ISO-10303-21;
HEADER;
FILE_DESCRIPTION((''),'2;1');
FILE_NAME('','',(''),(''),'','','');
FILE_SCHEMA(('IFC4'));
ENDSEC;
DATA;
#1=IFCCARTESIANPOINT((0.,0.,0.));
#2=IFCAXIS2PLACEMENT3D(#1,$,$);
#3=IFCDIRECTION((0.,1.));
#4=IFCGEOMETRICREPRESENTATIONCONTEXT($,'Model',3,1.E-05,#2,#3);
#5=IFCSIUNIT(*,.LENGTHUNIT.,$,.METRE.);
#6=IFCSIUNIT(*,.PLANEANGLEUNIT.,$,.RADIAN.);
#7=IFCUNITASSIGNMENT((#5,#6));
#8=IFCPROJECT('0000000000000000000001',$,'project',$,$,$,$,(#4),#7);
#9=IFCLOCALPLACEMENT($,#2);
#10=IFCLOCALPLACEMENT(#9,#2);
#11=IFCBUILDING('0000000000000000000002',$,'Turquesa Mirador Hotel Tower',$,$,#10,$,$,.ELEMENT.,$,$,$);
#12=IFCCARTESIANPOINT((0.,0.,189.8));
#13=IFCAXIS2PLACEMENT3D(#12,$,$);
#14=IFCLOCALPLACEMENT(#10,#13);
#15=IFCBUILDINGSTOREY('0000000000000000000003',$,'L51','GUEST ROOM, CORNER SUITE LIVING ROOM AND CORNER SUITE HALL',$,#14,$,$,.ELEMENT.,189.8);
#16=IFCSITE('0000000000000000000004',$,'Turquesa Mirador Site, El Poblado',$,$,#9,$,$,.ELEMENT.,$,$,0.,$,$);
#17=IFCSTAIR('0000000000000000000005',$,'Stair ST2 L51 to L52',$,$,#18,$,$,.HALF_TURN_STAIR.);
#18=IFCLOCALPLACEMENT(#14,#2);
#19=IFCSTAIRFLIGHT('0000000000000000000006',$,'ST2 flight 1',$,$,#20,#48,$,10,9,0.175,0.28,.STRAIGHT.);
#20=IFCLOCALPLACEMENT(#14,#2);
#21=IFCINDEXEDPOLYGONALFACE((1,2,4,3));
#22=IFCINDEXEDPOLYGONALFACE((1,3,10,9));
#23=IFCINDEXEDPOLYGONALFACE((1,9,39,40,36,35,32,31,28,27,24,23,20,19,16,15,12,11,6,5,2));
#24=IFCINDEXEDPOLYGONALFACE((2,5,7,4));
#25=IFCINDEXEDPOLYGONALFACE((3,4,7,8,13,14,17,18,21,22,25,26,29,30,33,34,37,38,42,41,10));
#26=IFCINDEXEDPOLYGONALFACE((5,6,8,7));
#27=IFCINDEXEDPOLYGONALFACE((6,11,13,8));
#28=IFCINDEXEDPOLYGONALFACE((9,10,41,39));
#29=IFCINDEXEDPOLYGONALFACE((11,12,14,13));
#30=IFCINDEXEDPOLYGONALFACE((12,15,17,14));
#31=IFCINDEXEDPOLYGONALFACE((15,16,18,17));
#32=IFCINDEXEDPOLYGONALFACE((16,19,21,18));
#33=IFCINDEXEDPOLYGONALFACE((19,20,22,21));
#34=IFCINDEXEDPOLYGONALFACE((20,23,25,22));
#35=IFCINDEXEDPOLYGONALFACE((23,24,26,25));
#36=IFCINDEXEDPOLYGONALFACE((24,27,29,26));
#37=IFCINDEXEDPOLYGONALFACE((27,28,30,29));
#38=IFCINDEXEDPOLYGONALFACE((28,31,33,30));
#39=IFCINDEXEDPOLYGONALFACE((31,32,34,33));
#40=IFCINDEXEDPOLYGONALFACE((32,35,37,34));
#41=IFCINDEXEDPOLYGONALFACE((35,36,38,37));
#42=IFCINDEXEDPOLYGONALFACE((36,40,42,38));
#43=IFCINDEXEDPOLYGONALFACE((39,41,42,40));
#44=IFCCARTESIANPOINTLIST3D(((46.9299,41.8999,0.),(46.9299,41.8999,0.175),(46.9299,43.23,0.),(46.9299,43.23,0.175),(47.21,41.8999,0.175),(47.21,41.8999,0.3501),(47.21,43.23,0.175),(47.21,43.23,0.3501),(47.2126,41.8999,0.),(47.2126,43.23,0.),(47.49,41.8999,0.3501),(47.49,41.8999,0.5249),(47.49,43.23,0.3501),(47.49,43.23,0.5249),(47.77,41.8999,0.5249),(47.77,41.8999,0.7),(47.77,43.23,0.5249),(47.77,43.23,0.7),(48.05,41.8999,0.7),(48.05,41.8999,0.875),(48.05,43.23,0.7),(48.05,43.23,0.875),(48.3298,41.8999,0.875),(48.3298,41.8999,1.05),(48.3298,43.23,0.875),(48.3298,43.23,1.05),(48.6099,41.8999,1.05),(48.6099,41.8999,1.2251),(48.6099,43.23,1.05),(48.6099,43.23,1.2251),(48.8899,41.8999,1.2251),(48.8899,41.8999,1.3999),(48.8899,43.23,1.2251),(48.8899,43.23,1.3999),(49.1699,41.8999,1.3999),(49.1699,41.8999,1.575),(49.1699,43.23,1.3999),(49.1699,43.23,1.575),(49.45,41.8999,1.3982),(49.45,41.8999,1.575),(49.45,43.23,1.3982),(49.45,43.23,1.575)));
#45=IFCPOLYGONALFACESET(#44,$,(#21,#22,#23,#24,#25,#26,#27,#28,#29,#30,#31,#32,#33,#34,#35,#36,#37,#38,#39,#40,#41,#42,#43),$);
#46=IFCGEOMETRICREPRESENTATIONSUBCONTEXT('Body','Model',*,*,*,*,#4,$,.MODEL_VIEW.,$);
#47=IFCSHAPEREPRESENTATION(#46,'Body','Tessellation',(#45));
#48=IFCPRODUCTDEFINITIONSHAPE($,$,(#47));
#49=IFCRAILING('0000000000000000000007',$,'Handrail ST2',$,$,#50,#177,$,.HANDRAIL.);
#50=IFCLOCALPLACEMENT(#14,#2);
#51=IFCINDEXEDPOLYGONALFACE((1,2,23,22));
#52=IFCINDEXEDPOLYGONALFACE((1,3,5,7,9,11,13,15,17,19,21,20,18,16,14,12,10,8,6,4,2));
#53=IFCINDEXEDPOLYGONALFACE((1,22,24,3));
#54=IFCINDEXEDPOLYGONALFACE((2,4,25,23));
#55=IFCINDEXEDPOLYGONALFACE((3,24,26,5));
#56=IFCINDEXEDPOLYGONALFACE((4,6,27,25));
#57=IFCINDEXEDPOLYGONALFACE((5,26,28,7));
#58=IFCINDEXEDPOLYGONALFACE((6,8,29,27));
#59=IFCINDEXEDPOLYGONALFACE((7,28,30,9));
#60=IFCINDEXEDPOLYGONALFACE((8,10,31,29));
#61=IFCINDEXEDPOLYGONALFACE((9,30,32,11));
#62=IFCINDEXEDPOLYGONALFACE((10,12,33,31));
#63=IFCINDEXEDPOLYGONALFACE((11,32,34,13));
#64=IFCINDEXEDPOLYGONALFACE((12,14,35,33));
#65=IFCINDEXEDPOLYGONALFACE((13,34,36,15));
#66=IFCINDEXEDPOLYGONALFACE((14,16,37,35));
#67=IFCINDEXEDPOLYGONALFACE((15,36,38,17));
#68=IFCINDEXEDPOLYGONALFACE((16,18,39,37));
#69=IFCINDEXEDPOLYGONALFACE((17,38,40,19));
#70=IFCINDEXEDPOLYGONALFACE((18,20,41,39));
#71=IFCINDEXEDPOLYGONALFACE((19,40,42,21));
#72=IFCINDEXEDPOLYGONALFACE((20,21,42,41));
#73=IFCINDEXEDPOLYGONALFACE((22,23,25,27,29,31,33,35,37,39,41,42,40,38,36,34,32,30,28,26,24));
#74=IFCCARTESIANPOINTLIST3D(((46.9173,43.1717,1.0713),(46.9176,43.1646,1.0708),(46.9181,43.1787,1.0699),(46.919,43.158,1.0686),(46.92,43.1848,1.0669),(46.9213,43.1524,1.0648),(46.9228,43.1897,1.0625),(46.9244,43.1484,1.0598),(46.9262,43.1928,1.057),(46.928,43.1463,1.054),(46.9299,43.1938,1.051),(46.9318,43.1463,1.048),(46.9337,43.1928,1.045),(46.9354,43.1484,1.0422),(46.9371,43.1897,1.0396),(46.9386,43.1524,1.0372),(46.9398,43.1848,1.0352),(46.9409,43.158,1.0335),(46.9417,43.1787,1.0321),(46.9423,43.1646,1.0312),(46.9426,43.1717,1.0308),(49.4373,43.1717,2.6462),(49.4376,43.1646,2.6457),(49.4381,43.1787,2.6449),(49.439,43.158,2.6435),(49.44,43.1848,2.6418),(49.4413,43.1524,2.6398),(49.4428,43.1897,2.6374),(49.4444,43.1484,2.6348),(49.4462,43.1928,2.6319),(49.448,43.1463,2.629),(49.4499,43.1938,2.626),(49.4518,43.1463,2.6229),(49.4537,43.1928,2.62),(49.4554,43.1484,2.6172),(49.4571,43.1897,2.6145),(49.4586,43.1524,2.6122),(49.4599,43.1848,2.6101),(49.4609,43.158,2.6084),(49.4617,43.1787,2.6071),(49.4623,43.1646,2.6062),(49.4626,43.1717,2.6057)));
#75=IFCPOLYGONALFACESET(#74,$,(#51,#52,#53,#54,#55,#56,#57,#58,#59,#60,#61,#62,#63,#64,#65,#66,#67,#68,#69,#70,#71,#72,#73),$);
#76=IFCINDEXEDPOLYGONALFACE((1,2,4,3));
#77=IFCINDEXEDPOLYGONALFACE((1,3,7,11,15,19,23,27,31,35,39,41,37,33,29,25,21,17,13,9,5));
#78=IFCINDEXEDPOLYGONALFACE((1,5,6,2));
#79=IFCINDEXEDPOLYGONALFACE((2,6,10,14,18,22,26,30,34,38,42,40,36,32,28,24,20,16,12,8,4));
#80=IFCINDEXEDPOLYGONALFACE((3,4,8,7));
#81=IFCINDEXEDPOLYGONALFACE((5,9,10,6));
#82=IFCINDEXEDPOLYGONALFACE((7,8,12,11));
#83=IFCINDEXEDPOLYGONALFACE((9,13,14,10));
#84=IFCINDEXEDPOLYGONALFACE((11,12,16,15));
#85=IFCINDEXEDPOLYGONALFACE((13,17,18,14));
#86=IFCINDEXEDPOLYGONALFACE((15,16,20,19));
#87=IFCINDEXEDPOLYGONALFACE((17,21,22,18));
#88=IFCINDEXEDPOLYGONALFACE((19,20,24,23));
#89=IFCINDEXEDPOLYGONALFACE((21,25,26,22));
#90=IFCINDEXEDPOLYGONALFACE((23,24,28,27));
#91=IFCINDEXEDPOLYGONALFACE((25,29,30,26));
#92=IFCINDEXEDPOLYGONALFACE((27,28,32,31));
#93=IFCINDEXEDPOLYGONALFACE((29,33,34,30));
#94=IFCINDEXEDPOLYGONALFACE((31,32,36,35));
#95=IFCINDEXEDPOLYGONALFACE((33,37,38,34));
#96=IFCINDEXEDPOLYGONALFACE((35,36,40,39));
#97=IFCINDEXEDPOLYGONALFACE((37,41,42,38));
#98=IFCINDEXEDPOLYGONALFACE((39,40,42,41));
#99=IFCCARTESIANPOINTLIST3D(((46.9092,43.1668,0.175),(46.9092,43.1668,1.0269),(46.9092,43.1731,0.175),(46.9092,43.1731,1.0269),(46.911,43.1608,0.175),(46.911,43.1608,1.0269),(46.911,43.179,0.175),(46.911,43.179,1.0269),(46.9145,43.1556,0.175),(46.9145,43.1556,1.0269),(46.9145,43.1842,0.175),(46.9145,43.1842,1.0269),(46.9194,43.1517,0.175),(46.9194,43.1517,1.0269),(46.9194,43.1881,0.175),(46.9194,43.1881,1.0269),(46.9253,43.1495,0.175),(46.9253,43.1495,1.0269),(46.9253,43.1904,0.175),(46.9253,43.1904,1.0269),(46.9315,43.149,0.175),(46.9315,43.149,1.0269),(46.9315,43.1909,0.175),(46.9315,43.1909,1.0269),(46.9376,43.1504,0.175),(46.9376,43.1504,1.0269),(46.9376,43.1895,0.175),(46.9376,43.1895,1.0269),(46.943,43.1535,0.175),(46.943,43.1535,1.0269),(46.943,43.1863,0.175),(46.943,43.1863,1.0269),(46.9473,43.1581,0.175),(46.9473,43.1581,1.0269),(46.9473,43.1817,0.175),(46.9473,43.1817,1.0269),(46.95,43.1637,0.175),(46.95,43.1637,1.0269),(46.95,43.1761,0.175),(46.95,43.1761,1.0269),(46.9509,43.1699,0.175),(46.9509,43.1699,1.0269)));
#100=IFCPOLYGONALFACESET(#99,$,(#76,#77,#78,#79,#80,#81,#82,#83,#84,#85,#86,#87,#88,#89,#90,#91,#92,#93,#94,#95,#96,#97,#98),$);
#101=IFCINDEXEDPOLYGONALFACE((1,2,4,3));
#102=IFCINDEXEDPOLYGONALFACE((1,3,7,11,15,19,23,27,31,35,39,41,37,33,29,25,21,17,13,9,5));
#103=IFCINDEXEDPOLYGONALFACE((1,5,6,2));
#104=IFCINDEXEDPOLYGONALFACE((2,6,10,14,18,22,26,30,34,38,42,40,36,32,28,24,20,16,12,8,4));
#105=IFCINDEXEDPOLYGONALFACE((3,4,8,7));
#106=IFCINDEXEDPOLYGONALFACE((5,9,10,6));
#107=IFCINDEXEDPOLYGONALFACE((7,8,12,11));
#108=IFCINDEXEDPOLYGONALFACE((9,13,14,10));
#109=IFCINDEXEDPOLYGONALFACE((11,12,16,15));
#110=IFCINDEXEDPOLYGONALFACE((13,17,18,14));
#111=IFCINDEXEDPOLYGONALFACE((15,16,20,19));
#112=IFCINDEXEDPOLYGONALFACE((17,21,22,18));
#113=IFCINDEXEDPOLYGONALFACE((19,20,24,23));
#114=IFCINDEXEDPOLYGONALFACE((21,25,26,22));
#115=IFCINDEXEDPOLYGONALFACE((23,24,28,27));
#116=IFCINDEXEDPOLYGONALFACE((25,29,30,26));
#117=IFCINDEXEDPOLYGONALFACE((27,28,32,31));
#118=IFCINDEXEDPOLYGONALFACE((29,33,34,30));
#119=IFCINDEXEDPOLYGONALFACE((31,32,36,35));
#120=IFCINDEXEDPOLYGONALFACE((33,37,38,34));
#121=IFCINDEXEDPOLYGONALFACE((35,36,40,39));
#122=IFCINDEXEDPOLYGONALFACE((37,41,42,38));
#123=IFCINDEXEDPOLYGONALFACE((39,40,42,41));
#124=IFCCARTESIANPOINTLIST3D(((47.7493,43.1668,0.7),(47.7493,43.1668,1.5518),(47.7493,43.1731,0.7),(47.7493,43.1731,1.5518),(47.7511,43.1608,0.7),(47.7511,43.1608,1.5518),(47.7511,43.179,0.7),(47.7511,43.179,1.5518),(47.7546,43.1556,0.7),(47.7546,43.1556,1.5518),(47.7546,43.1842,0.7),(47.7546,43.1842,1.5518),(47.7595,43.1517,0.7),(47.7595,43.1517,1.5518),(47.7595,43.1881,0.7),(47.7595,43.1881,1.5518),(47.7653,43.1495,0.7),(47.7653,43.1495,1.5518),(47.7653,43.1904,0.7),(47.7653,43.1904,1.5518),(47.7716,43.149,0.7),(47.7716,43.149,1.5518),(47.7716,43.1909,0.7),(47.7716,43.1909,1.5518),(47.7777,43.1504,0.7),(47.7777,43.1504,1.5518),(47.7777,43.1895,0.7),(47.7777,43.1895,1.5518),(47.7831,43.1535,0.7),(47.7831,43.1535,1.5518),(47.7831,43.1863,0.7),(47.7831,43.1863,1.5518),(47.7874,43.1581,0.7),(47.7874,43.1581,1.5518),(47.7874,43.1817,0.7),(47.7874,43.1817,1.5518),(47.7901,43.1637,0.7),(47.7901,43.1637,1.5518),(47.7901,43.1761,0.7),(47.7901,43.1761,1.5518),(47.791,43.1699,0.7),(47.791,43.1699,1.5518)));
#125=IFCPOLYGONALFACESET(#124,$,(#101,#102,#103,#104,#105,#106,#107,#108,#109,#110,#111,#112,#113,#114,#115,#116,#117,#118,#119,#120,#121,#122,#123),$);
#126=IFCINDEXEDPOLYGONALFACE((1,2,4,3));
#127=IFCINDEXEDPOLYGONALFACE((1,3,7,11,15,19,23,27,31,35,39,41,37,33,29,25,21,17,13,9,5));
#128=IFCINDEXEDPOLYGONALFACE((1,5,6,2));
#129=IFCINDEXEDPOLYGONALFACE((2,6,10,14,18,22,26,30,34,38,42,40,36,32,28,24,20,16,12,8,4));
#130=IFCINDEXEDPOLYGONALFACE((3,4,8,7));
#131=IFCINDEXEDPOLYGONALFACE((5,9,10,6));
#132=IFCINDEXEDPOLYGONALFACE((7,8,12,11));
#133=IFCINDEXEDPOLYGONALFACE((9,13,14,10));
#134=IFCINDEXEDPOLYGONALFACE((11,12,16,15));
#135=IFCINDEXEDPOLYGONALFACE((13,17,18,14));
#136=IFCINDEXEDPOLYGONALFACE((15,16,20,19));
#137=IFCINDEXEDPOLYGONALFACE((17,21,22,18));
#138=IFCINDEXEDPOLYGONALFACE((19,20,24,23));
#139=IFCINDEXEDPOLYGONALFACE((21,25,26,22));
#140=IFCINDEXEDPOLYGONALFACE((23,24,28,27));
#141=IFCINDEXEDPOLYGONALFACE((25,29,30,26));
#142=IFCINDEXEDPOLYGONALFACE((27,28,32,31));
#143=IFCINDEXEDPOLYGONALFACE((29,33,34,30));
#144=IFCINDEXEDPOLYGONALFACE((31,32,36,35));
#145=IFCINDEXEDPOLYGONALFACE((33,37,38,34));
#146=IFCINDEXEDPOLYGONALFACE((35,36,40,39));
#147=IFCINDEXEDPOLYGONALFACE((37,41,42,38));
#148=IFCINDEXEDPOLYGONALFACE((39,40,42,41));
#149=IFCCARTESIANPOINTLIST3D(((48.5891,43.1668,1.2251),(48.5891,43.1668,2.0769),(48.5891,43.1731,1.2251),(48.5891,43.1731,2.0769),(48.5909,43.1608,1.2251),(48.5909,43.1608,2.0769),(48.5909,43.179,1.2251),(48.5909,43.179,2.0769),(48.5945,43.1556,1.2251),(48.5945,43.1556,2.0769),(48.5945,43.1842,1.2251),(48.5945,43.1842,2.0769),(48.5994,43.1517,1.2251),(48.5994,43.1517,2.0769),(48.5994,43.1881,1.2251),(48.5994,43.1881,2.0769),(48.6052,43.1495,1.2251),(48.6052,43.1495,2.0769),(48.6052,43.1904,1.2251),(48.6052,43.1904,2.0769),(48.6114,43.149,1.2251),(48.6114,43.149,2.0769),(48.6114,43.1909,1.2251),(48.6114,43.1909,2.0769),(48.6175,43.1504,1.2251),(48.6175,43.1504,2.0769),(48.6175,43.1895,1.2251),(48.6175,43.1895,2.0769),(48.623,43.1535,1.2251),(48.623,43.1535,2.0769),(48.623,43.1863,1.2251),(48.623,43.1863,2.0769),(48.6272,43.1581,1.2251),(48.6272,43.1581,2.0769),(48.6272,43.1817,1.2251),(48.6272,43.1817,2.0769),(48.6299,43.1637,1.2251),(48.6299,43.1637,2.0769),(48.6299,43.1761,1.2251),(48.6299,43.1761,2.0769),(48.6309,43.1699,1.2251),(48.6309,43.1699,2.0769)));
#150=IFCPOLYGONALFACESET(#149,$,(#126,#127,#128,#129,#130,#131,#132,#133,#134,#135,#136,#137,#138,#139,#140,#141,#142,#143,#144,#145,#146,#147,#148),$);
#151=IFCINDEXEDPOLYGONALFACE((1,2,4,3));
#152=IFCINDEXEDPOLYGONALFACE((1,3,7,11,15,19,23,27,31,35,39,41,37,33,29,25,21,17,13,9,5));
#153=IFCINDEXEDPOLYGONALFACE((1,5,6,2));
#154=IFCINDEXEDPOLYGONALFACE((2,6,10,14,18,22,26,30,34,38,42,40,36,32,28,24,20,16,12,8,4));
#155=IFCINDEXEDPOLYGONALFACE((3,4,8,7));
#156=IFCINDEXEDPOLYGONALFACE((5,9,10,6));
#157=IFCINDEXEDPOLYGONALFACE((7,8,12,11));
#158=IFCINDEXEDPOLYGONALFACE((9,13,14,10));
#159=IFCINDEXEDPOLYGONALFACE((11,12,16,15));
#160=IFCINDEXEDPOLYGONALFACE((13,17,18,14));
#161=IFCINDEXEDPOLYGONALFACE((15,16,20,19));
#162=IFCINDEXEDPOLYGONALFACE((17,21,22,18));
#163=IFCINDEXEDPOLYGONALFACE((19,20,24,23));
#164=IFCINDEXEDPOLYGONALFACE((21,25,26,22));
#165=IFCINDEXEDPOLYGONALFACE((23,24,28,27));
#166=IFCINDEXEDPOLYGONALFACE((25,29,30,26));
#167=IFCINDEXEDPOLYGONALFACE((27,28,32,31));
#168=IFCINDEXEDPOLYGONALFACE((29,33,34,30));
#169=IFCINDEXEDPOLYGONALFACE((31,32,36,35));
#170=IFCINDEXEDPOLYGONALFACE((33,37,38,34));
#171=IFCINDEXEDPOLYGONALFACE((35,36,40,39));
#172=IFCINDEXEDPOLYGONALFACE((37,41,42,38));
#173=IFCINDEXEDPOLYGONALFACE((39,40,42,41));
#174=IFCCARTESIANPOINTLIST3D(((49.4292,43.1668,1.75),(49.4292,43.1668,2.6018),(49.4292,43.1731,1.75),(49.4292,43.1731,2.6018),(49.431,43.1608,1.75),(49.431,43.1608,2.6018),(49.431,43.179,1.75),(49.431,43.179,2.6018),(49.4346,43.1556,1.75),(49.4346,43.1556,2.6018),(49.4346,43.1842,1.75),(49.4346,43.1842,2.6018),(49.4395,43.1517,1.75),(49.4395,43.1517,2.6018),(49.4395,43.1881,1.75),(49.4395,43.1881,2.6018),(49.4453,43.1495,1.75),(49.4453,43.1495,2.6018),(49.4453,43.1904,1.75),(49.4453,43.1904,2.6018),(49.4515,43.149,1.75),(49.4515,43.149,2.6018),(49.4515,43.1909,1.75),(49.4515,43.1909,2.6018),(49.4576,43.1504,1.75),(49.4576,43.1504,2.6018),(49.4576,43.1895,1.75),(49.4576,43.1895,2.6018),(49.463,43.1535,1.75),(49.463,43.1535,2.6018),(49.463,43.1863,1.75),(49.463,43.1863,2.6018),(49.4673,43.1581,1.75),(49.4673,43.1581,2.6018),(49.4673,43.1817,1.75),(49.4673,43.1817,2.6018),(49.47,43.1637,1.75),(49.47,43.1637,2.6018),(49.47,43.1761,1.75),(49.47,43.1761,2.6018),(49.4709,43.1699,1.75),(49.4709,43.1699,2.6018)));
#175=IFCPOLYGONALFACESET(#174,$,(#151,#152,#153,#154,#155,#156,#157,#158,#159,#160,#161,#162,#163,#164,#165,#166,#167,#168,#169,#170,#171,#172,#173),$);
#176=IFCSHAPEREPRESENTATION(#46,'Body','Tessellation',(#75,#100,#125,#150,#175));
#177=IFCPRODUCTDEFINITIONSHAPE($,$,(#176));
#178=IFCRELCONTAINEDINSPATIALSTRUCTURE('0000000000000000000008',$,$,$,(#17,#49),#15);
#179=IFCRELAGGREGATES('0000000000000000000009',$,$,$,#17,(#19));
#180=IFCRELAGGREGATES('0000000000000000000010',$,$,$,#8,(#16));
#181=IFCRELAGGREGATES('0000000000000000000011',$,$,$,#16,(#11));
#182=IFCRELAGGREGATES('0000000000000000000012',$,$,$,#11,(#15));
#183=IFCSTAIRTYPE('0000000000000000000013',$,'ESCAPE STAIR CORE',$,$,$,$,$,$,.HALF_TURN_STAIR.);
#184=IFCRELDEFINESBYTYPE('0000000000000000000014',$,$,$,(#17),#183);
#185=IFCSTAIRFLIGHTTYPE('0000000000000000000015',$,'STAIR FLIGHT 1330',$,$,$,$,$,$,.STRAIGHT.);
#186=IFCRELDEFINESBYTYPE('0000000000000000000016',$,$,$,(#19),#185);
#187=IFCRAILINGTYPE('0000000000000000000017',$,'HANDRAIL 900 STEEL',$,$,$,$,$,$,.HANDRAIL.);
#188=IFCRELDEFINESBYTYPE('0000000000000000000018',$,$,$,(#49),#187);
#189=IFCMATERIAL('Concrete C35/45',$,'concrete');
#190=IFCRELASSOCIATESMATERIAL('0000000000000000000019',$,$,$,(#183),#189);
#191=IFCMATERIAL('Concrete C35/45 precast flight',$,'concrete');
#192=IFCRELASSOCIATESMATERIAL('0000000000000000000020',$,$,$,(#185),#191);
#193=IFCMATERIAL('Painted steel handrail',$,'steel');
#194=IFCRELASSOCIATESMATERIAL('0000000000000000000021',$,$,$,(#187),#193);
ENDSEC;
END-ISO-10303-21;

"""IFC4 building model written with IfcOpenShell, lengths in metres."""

from ifc_helpers import new_model, si_unit, direction, frame, origin, origin_2d, place, context, subcontext, project, spatial, polyline, circle, outline, extrude, material, type_object, element, aggregate, save


model = new_model("IFC4")

# Units and contexts
model_context = context("Model", 3, precision=1e-05, world=origin(), true_north=direction((0.0, 1.0)))
body_context = subcontext(model_context, "Body", "Model", "MODEL_VIEW")
ifc_project = project(units=[si_unit("LENGTHUNIT", "METRE"), si_unit("PLANEANGLEUNIT", "RADIAN")], contexts=[model_context])

# Site, building, storey
site_placement = place(None, origin())
site = spatial("IfcSite", under=ifc_project, at=site_placement, Name="Turquesa Mirador Site, El Poblado", CompositionType="ELEMENT", RefElevation=0.0)
building_placement = place(site_placement, origin())
building = spatial("IfcBuilding", under=site, at=building_placement, Name="Turquesa Mirador Hotel Tower", CompositionType="ELEMENT")
storey_placement = place(building_placement, frame((0.0, 0.0, 189.8)))
storey = spatial("IfcBuildingStorey", under=building, at=storey_placement, Name="L51", Description="GUEST ROOM, CORNER SUITE LIVING ROOM AND CORNER SUITE HALL", CompositionType="ELEMENT", Elevation=189.8)

# Stair, stair flight
ifc_material_1 = material(Name="Concrete C35/45", Category="concrete")
stair_type = type_object("IfcStairType", Name="ESCAPE STAIR CORE", PredefinedType="HALF_TURN_STAIR", material=ifc_material_1)
stair_placement = place(storey_placement, origin())
stair = element("IfcStair", 1, at=stair_placement, inside=storey, type_object=stair_type, Name="Stair ST2 L51 to L52", PredefinedType="HALF_TURN_STAIR")
ifc_material_2 = material(Name="Concrete C35/45 precast flight", Category="concrete")
stair_flight_type = type_object("IfcStairFlightType", Name="STAIR FLIGHT 1330", PredefinedType="STRAIGHT", material=ifc_material_2)
stair_flight_placement = place(storey_placement, frame((46.9299, 42.5649, 0.0), z_axis=(0.0, 0.0, 1.0), x_axis=(1.0, 0.0, 0.0)))
stair_flight = element("IfcStairFlight", 2, at=stair_flight_placement, type_object=stair_flight_type, Name="ST2 flight 1", NumberOfRisers=10, NumberOfTreads=9, PredefinedType="STRAIGHT", RiserHeight=0.175, TreadLength=0.28, context=body_context, shape_type="SweptSolid", body=[
    extrude(outline(polyline([(0.0, 0.0), (0.0, 0.175), (0.28, 0.175), (0.28, 0.3501), (0.5601, 0.3501), (0.5601, 0.5249), (0.8401, 0.5249), (0.8401, 0.7), (1.1201, 0.7), (1.1201, 0.875), (1.3999, 0.875), (1.3999, 1.05), (1.6799, 1.05), (1.6799, 1.2251), (1.96, 1.2251), (1.96, 1.3999), (2.24, 1.3999), (2.24, 1.575), (2.52, 1.575), (2.52, 1.75), (2.52, 1.3982), (0.2827, 0.0), (0.0, 0.0)])), frame((0.0, 0.665, 0.0), z_axis=(0.0, -1.0, 0.0), x_axis=(1.0, 0.0, 0.0)), (0.0, 0.0, 1.0), 1.3301),
])
aggregate(stair, [stair_flight])

# Railing
ifc_material_3 = material(Name="Painted steel handrail", Category="steel")
railing_type = type_object("IfcRailingType", Name="HANDRAIL 900 STEEL", PredefinedType="HANDRAIL", material=ifc_material_3)
railing_1_placement = place(storey_placement, frame((46.9299, 43.1699, 0.175)))
element("IfcRailing", 3, at=railing_1_placement, inside=storey, type_object=railing_type, Name="Handrail ST2", PredefinedType="HANDRAIL", context=body_context, shape_type="SweptSolid", body=[
    extrude(circle(Radius=0.0239, at=origin_2d()), frame((0.0, 0.0, 0.876), z_axis=(0.848008, 0.0, 0.529984), x_axis=(0.0, 1.0, 0.0)), (0.0, 0.0, 1.0), 2.9717),
    extrude(circle(Radius=0.021, at=origin_2d()), origin(), (0.0, 0.0, 1.0), 0.8518),
    extrude(circle(Radius=0.021, at=origin_2d()), frame((0.8401, 0.0, 0.5249)), (0.0, 0.0, 1.0), 0.8518),
    extrude(circle(Radius=0.021, at=origin_2d()), frame((1.6799, 0.0, 1.05)), (0.0, 0.0, 1.0), 0.8518),
    extrude(circle(Radius=0.021, at=origin_2d()), frame((2.52, 0.0, 1.575)), (0.0, 0.0, 1.0), 0.8518),
])

save(model, "model.ifc")
